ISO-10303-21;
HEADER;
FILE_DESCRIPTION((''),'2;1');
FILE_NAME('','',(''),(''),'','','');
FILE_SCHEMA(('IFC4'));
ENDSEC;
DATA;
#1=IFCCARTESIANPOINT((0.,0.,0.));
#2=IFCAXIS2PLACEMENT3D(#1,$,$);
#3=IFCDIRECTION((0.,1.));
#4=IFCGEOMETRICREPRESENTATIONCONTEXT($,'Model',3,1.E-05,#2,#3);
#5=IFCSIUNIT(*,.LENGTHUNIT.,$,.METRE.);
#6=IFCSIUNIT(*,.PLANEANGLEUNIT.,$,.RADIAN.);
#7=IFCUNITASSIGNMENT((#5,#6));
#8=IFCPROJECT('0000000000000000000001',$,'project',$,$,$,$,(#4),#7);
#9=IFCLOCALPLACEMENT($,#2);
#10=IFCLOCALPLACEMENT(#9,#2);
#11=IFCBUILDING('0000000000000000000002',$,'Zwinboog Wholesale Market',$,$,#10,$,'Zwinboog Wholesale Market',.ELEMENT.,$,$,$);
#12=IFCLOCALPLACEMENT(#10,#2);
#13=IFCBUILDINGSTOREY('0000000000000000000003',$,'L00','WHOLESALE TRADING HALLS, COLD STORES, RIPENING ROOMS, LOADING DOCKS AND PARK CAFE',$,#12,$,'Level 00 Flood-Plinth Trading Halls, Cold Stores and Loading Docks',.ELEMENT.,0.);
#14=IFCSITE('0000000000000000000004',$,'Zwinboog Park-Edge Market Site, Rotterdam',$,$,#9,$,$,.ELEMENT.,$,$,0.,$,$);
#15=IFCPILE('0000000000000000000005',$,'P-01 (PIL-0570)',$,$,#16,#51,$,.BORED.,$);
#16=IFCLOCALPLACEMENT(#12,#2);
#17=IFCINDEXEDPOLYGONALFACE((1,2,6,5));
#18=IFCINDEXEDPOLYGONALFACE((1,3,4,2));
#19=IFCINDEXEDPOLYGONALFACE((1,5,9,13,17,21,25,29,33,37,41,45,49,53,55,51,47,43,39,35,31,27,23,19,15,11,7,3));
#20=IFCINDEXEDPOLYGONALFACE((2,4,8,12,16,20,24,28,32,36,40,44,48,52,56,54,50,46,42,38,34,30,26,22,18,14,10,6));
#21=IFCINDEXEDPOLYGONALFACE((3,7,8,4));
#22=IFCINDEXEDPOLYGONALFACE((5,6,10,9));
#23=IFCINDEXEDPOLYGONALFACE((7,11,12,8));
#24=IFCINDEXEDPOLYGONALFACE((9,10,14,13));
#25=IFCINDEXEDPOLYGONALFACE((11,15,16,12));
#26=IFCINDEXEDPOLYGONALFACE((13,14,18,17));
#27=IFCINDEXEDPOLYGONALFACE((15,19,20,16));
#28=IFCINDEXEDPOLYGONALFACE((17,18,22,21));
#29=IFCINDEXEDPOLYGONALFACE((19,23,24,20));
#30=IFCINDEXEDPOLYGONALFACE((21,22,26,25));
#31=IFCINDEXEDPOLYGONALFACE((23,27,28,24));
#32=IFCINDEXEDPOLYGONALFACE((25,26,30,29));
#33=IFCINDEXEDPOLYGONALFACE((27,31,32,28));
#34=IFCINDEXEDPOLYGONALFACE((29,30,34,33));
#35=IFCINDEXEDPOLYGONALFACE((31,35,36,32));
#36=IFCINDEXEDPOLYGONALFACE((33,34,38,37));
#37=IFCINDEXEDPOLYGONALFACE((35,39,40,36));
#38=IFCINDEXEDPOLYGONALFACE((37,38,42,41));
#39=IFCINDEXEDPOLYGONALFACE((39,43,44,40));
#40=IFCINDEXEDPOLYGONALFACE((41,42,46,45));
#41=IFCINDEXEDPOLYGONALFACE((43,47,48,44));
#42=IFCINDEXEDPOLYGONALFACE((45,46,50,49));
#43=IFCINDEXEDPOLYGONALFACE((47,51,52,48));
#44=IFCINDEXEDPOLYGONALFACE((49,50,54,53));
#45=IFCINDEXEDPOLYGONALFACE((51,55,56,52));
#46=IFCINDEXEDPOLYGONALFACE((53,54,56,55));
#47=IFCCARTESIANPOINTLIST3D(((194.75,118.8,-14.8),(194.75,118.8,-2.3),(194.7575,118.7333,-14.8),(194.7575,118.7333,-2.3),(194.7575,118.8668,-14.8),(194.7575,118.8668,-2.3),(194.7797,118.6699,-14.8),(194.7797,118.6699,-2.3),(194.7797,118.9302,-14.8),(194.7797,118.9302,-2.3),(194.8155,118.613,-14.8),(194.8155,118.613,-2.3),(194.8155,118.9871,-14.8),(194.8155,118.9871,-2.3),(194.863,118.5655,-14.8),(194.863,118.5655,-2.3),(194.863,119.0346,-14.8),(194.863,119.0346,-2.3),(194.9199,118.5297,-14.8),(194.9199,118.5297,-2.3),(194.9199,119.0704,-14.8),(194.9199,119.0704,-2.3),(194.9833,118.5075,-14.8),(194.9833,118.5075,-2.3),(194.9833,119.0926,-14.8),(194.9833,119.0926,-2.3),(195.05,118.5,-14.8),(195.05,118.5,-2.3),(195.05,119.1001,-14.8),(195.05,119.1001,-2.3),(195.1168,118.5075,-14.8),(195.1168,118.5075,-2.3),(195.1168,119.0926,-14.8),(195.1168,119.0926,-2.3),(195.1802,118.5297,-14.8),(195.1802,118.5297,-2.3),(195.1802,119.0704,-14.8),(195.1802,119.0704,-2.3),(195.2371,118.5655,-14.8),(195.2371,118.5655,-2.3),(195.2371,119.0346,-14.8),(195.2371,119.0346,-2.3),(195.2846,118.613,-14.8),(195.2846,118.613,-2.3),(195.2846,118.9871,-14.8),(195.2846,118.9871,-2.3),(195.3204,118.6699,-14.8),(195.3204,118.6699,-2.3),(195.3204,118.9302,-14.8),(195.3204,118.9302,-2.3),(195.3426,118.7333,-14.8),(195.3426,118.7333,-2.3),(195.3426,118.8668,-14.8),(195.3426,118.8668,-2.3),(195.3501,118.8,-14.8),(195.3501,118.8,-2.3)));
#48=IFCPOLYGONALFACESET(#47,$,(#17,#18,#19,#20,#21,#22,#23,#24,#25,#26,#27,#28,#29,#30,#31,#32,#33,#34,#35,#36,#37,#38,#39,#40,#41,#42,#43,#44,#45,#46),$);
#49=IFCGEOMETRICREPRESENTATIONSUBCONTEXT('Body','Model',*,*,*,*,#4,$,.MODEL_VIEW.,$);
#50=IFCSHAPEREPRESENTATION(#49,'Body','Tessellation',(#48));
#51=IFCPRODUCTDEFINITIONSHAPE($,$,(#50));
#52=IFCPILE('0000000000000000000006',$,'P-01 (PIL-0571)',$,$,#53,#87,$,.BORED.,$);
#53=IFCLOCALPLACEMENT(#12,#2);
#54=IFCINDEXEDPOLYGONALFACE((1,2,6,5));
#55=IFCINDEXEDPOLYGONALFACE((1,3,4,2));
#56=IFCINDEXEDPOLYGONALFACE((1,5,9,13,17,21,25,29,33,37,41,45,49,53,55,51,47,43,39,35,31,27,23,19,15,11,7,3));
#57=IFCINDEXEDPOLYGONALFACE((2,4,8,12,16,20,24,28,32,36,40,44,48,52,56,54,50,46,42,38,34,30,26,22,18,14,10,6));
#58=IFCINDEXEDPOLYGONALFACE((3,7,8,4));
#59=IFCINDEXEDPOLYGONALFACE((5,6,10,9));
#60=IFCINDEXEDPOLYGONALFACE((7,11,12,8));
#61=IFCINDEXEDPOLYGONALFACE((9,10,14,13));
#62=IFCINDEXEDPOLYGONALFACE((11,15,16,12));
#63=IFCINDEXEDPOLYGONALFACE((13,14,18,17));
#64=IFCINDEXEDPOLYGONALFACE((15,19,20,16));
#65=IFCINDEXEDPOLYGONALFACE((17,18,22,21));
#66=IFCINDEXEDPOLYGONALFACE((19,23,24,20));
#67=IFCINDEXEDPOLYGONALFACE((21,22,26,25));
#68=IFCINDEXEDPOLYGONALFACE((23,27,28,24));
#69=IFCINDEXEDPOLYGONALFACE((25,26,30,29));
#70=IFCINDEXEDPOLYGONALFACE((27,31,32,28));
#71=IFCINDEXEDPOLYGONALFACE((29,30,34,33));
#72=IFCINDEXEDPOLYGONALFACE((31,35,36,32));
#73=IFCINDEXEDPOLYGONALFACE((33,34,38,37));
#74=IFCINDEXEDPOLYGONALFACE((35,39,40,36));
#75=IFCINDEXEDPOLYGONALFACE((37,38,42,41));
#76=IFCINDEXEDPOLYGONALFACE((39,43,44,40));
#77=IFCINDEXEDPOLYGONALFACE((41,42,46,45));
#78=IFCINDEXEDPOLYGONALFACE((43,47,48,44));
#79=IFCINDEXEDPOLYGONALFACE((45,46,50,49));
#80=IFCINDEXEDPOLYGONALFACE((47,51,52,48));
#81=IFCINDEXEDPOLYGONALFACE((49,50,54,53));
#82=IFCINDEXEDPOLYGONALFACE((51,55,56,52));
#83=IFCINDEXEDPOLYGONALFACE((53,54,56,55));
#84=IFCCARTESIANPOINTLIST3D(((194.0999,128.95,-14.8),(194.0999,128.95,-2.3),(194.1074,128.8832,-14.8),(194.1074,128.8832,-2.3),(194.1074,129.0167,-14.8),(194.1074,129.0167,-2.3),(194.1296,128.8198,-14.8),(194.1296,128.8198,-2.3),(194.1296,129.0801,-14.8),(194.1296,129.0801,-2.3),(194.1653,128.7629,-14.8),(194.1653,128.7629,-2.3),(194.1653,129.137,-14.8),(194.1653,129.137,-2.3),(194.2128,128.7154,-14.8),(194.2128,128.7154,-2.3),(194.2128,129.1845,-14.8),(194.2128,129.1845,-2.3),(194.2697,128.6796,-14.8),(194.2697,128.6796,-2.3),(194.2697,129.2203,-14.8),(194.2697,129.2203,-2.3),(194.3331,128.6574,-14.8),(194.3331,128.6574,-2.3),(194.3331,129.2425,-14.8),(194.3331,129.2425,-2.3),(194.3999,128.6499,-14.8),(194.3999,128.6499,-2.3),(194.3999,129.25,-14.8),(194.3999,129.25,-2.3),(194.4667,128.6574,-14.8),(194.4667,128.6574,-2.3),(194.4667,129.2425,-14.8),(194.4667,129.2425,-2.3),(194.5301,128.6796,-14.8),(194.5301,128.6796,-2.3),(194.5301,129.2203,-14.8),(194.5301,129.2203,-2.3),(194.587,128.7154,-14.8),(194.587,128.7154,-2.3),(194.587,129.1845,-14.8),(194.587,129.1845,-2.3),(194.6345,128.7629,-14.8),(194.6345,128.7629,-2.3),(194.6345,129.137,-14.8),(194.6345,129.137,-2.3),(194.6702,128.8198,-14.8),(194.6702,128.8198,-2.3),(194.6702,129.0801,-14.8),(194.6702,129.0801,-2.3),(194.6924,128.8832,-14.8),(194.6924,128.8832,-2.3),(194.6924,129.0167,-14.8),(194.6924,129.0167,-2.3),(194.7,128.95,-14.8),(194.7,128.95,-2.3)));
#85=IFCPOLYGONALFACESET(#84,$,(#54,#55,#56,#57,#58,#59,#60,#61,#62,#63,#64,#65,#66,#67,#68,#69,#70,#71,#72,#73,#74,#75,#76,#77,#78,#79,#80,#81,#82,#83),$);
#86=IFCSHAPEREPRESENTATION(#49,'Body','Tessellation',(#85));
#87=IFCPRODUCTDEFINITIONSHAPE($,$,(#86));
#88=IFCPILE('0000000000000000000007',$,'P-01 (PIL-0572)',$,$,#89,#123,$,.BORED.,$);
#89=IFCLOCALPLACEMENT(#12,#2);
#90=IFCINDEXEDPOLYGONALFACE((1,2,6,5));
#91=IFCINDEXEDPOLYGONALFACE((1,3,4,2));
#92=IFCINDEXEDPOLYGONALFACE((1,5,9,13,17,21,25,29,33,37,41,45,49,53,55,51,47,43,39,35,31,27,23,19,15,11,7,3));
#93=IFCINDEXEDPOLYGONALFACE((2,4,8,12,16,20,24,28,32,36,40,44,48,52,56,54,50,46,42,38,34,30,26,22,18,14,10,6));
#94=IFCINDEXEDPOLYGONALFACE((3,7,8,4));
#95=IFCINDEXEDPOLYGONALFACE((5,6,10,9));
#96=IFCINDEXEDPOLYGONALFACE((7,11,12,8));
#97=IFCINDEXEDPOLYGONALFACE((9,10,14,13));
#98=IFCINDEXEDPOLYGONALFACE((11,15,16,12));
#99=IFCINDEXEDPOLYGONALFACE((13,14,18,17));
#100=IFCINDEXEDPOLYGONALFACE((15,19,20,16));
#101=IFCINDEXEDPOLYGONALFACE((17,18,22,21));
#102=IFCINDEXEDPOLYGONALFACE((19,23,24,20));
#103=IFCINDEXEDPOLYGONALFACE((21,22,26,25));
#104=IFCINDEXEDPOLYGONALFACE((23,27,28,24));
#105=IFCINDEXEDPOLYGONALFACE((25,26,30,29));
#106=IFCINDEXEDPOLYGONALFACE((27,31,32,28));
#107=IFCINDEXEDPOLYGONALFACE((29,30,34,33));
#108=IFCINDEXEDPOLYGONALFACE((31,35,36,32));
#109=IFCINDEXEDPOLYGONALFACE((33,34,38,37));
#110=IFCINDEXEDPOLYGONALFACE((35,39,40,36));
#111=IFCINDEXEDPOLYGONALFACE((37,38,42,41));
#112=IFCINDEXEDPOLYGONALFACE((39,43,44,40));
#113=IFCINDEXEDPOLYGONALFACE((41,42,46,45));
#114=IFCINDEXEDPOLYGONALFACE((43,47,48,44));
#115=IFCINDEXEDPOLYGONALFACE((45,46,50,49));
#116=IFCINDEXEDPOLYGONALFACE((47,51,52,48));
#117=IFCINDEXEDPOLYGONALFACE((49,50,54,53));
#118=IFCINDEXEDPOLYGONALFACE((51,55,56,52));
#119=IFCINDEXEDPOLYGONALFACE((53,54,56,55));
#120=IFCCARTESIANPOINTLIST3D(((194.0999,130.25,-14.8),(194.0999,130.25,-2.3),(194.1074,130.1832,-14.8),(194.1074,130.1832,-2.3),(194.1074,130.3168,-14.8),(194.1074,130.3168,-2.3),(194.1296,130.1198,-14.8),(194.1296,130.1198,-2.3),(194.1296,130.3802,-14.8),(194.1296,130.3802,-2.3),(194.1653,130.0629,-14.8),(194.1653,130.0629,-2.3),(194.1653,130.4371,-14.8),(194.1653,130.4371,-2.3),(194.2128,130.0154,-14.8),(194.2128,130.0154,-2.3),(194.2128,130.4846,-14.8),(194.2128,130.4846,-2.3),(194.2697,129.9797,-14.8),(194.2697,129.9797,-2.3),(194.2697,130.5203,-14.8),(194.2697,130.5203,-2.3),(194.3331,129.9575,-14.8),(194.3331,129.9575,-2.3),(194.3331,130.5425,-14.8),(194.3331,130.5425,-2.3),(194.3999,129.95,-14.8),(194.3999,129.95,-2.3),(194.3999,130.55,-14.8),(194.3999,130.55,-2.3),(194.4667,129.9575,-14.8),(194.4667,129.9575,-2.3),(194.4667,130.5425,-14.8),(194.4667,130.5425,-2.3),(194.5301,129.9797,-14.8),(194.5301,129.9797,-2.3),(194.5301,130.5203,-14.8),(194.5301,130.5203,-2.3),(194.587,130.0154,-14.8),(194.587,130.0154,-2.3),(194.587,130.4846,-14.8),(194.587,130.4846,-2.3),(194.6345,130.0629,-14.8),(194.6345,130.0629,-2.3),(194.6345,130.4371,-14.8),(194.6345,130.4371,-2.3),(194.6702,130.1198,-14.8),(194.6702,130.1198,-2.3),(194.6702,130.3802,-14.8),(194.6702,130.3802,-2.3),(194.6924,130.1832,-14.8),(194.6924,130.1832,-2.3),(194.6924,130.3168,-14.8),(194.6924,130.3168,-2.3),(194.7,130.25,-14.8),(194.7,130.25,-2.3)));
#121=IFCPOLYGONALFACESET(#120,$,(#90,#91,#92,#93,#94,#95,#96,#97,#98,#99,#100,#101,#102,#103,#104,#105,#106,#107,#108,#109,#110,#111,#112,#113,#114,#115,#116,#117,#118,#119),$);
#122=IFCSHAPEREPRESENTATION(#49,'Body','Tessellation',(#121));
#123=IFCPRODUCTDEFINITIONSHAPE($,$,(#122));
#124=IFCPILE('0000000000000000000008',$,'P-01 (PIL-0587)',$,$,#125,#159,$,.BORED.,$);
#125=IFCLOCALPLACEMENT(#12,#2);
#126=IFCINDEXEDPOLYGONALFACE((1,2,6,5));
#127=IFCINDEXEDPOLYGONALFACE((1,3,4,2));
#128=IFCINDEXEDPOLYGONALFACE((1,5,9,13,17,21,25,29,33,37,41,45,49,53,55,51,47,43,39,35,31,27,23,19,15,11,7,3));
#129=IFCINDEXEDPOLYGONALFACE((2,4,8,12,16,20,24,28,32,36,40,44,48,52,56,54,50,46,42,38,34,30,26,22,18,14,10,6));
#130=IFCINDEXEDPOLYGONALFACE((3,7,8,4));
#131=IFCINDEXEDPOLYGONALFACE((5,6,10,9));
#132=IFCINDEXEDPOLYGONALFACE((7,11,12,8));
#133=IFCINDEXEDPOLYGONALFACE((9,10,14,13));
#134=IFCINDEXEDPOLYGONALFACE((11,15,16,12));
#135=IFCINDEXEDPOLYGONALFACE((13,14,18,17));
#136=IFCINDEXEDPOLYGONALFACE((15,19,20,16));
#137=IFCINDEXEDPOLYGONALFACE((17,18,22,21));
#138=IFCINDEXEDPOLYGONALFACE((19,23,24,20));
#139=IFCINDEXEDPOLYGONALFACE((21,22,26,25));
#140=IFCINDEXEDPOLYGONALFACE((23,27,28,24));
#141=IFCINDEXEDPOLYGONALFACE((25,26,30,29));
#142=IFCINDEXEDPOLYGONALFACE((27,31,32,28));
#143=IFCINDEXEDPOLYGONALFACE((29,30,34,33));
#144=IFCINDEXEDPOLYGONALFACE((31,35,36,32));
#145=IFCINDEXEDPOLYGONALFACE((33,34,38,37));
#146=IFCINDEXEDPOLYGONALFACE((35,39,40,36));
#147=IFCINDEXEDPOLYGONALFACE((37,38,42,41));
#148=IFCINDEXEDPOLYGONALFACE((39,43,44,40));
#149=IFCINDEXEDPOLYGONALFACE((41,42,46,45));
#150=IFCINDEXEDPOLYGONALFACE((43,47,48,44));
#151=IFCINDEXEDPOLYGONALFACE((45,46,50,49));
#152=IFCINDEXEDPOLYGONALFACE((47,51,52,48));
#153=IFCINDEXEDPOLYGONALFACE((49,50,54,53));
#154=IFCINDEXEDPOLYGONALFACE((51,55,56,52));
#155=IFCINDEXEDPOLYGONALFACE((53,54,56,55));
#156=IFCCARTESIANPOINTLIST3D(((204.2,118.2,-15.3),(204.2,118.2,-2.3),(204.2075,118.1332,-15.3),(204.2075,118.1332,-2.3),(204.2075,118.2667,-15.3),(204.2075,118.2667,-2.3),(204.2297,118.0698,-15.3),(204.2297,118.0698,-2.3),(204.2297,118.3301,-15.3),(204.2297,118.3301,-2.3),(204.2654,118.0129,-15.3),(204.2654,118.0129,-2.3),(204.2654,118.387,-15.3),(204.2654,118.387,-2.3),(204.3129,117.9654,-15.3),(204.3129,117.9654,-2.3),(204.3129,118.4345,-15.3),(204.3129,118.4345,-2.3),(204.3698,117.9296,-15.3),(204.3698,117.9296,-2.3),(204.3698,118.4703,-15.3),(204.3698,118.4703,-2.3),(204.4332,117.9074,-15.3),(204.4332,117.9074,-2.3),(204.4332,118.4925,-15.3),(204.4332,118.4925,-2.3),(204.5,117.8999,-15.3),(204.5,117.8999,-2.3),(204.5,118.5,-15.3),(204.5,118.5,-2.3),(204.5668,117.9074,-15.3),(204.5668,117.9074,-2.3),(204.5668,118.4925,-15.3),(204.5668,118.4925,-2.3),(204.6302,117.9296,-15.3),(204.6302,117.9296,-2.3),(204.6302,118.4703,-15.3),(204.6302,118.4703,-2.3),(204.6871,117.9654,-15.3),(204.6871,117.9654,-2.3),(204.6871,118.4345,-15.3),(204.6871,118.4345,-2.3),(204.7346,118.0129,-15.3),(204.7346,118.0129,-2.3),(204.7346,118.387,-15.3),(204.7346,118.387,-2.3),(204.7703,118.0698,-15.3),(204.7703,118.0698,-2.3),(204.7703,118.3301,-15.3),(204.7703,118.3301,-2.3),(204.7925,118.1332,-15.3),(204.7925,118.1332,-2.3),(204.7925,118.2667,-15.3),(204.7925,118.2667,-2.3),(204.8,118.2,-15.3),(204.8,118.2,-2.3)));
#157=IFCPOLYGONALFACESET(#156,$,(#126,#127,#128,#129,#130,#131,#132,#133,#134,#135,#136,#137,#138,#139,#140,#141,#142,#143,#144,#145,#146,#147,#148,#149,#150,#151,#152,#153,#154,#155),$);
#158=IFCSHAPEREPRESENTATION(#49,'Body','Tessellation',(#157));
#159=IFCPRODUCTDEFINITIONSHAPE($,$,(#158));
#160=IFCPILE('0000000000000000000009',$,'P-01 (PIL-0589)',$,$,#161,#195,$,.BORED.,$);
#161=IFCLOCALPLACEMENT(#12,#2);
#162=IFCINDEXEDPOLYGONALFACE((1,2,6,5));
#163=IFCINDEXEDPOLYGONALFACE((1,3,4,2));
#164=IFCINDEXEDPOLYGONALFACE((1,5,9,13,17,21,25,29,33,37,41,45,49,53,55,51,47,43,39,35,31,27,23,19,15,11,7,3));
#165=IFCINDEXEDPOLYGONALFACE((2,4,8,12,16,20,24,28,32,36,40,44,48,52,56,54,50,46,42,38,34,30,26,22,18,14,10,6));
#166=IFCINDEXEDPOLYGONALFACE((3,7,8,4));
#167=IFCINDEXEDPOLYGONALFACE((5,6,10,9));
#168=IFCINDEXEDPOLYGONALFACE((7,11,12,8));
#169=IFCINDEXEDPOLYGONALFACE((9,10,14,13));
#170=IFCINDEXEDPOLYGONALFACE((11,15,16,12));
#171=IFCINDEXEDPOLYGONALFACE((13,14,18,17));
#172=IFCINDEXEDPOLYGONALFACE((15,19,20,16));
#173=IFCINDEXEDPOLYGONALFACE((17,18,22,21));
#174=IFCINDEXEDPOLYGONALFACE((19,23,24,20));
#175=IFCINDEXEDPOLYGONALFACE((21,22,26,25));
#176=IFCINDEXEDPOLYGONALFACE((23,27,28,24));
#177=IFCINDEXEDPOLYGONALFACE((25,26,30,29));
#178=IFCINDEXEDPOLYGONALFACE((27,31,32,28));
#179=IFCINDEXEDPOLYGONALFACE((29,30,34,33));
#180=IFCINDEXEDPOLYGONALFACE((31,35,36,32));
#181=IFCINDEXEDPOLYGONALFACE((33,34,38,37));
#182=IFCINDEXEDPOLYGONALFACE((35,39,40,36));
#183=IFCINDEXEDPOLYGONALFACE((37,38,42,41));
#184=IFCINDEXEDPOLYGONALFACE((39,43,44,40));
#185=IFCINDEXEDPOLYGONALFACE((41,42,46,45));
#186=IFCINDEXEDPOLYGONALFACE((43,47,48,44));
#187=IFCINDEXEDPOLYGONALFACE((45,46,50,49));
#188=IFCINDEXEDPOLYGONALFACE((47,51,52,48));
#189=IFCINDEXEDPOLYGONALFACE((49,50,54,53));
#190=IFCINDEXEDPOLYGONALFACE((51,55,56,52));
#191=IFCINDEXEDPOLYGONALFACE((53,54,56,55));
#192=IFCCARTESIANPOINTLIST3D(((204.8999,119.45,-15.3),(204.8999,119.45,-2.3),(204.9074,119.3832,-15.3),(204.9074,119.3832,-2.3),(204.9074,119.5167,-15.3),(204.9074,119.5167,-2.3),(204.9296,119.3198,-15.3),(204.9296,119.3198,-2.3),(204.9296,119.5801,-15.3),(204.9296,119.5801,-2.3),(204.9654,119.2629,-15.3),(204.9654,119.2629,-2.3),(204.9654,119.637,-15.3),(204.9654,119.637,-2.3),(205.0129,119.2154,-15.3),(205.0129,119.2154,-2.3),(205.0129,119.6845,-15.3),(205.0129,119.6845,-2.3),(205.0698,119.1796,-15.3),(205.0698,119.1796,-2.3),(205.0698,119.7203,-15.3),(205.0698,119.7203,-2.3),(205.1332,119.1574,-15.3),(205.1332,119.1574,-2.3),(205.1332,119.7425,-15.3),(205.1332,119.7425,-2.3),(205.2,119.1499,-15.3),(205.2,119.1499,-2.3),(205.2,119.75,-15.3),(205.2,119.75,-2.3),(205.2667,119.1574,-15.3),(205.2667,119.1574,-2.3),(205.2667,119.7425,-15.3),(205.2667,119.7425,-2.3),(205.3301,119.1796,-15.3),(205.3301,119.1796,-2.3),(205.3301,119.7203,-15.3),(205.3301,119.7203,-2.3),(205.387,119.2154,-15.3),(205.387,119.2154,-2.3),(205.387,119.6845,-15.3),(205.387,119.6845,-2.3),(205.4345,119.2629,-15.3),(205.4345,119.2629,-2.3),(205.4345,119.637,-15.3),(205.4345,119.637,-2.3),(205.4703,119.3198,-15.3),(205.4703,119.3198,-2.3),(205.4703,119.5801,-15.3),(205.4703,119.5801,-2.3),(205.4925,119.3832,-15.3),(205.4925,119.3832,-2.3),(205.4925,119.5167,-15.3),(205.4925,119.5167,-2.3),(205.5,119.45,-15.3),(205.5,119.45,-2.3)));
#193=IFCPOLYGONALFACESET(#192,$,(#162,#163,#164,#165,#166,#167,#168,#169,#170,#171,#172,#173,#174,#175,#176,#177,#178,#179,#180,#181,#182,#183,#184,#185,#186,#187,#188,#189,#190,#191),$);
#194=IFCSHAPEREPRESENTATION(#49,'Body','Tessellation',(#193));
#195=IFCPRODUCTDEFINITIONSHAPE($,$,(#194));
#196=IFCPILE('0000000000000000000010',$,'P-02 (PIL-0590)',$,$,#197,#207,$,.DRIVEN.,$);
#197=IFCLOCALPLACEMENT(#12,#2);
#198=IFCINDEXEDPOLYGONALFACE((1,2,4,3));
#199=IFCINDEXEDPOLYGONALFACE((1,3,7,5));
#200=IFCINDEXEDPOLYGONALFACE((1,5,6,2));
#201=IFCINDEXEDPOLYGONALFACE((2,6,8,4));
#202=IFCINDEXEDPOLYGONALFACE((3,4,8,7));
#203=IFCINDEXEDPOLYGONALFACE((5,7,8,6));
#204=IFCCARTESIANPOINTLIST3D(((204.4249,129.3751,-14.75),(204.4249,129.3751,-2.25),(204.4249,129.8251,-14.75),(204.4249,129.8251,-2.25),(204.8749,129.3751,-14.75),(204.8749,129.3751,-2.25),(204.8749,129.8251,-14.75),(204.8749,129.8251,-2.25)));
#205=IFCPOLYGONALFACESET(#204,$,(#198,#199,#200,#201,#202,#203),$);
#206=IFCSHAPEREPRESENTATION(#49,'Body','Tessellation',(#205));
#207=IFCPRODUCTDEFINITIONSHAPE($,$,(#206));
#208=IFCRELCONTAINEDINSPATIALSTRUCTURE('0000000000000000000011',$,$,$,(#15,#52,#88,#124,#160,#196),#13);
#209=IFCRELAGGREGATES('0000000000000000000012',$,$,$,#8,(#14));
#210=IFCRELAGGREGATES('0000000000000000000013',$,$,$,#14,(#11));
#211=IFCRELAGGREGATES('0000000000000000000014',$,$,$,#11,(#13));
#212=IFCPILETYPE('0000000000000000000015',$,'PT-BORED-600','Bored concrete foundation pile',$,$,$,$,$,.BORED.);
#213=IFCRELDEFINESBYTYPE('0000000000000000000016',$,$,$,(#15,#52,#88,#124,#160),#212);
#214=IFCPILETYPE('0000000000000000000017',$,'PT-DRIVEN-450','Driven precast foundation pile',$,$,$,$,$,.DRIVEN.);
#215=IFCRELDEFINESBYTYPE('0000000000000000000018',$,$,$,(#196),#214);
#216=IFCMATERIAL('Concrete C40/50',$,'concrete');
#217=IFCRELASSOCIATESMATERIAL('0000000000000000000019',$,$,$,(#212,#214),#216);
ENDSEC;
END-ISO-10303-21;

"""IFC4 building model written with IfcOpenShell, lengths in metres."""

from ifc_helpers import new_model, si_unit, direction, frame, origin, origin_2d, place, context, subcontext, project, spatial, rectangle, circle, extrude, material, material_profile, profile_set, type_object, element, save


model = new_model("IFC4")

# Units and contexts
model_context = context("Model", 3, precision=1e-05, world=origin(), true_north=direction((0.0, 1.0)))
body_context = subcontext(model_context, "Body", "Model", "MODEL_VIEW")
ifc_project = project(units=[si_unit("LENGTHUNIT", "METRE"), si_unit("PLANEANGLEUNIT", "RADIAN")], contexts=[model_context])

# Site, building, storey
site_placement = place(None, origin())
site = spatial("IfcSite", under=ifc_project, at=site_placement, Name="Zwinboog Park-Edge Market Site, Rotterdam", CompositionType="ELEMENT", RefElevation=0.0)
building_placement = place(site_placement, origin())
building = spatial("IfcBuilding", under=site, at=building_placement, Name="Zwinboog Wholesale Market", LongName="Zwinboog Wholesale Market", CompositionType="ELEMENT")
storey_placement = place(building_placement, origin())
storey = spatial("IfcBuildingStorey", under=building, at=storey_placement, Name="L00", Description="WHOLESALE TRADING HALLS, COLD STORES, RIPENING ROOMS, LOADING DOCKS AND PARK CAFE", LongName="Level 00 Flood-Plinth Trading Halls, Cold Stores and Loading Docks", CompositionType="ELEMENT", Elevation=0.0)

# Piles
ifc_material_1 = material(Name="Concrete C40/50", Category="concrete")
ifc_material_profile_1 = material_profile(ifc_material_1, circle(Radius=0.3, at=origin_2d()), Name="PILE D600")
ifc_profile_set_1 = profile_set([ifc_material_profile_1], Name="Concrete C40/50")
pile_type_1 = type_object("IfcPileType", Name="PT-BORED-600", Description="Bored concrete foundation pile", PredefinedType="BORED", material=ifc_profile_set_1)
for number, where, z_axis, x_axis, name in (
    (1, (195.05, 118.8, -2.3), (0.0, 0.0, -1.0), (1.0, 0.0, 0.0), "P-01 (PIL-0570)"),
    (2, (194.3999, 128.95, -2.3), (0.0, 0.0, -1.0), (1.0, 0.0, 0.0), "P-01 (PIL-0571)"),
    (3, (194.3999, 130.25, -2.3), (0.0, 0.0, -1.0), (1.0, 0.0, 0.0), "P-01 (PIL-0572)"),
):
    element("IfcPile", number, at=place(storey_placement, frame(where, z_axis=z_axis, x_axis=x_axis)), inside=storey, type_object=pile_type_1, Name=name, PredefinedType="BORED", context=body_context, shape_type="SweptSolid", body=[
        extrude(circle(Radius=0.3, at=origin_2d()), origin(), (0.0, 0.0, 1.0), 12.5),
    ])
for number, where, z_axis, x_axis, name in (
    (4, (204.5, 118.2, -2.3), (0.0, 0.0, -1.0), (1.0, 0.0, 0.0), "P-01 (PIL-0587)"),
    (5, (205.2, 119.45, -2.3), (0.0, 0.0, -1.0), (1.0, 0.0, 0.0), "P-01 (PIL-0589)"),
):
    element("IfcPile", number, at=place(storey_placement, frame(where, z_axis=z_axis, x_axis=x_axis)), inside=storey, type_object=pile_type_1, Name=name, PredefinedType="BORED", context=body_context, shape_type="SweptSolid", body=[
        extrude(circle(Radius=0.3, at=origin_2d()), origin(), (0.0, 0.0, 1.0), 13.0),
    ])
ifc_material_profile_2 = material_profile(ifc_material_1, rectangle(XDim=0.45, YDim=0.45, at=origin_2d()), Name="PILE SQ450")
ifc_profile_set_2 = profile_set([ifc_material_profile_2], Name="Concrete C40/50")
pile_type_2 = type_object("IfcPileType", Name="PT-DRIVEN-450", Description="Driven precast foundation pile", PredefinedType="DRIVEN", material=ifc_profile_set_2)
pile_placement = place(storey_placement, frame((204.6499, 129.6001, -2.25), z_axis=(0.0, 0.0, -1.0), x_axis=(1.0, 0.0, 0.0)))
element("IfcPile", 6, at=pile_placement, inside=storey, type_object=pile_type_2, Name="P-02 (PIL-0590)", PredefinedType="DRIVEN", context=body_context, shape_type="SweptSolid", body=[
    extrude(rectangle(XDim=0.45, YDim=0.45, at=origin_2d()), origin(), (0.0, 0.0, 1.0), 12.5),
])

save(model, "model.ifc")
